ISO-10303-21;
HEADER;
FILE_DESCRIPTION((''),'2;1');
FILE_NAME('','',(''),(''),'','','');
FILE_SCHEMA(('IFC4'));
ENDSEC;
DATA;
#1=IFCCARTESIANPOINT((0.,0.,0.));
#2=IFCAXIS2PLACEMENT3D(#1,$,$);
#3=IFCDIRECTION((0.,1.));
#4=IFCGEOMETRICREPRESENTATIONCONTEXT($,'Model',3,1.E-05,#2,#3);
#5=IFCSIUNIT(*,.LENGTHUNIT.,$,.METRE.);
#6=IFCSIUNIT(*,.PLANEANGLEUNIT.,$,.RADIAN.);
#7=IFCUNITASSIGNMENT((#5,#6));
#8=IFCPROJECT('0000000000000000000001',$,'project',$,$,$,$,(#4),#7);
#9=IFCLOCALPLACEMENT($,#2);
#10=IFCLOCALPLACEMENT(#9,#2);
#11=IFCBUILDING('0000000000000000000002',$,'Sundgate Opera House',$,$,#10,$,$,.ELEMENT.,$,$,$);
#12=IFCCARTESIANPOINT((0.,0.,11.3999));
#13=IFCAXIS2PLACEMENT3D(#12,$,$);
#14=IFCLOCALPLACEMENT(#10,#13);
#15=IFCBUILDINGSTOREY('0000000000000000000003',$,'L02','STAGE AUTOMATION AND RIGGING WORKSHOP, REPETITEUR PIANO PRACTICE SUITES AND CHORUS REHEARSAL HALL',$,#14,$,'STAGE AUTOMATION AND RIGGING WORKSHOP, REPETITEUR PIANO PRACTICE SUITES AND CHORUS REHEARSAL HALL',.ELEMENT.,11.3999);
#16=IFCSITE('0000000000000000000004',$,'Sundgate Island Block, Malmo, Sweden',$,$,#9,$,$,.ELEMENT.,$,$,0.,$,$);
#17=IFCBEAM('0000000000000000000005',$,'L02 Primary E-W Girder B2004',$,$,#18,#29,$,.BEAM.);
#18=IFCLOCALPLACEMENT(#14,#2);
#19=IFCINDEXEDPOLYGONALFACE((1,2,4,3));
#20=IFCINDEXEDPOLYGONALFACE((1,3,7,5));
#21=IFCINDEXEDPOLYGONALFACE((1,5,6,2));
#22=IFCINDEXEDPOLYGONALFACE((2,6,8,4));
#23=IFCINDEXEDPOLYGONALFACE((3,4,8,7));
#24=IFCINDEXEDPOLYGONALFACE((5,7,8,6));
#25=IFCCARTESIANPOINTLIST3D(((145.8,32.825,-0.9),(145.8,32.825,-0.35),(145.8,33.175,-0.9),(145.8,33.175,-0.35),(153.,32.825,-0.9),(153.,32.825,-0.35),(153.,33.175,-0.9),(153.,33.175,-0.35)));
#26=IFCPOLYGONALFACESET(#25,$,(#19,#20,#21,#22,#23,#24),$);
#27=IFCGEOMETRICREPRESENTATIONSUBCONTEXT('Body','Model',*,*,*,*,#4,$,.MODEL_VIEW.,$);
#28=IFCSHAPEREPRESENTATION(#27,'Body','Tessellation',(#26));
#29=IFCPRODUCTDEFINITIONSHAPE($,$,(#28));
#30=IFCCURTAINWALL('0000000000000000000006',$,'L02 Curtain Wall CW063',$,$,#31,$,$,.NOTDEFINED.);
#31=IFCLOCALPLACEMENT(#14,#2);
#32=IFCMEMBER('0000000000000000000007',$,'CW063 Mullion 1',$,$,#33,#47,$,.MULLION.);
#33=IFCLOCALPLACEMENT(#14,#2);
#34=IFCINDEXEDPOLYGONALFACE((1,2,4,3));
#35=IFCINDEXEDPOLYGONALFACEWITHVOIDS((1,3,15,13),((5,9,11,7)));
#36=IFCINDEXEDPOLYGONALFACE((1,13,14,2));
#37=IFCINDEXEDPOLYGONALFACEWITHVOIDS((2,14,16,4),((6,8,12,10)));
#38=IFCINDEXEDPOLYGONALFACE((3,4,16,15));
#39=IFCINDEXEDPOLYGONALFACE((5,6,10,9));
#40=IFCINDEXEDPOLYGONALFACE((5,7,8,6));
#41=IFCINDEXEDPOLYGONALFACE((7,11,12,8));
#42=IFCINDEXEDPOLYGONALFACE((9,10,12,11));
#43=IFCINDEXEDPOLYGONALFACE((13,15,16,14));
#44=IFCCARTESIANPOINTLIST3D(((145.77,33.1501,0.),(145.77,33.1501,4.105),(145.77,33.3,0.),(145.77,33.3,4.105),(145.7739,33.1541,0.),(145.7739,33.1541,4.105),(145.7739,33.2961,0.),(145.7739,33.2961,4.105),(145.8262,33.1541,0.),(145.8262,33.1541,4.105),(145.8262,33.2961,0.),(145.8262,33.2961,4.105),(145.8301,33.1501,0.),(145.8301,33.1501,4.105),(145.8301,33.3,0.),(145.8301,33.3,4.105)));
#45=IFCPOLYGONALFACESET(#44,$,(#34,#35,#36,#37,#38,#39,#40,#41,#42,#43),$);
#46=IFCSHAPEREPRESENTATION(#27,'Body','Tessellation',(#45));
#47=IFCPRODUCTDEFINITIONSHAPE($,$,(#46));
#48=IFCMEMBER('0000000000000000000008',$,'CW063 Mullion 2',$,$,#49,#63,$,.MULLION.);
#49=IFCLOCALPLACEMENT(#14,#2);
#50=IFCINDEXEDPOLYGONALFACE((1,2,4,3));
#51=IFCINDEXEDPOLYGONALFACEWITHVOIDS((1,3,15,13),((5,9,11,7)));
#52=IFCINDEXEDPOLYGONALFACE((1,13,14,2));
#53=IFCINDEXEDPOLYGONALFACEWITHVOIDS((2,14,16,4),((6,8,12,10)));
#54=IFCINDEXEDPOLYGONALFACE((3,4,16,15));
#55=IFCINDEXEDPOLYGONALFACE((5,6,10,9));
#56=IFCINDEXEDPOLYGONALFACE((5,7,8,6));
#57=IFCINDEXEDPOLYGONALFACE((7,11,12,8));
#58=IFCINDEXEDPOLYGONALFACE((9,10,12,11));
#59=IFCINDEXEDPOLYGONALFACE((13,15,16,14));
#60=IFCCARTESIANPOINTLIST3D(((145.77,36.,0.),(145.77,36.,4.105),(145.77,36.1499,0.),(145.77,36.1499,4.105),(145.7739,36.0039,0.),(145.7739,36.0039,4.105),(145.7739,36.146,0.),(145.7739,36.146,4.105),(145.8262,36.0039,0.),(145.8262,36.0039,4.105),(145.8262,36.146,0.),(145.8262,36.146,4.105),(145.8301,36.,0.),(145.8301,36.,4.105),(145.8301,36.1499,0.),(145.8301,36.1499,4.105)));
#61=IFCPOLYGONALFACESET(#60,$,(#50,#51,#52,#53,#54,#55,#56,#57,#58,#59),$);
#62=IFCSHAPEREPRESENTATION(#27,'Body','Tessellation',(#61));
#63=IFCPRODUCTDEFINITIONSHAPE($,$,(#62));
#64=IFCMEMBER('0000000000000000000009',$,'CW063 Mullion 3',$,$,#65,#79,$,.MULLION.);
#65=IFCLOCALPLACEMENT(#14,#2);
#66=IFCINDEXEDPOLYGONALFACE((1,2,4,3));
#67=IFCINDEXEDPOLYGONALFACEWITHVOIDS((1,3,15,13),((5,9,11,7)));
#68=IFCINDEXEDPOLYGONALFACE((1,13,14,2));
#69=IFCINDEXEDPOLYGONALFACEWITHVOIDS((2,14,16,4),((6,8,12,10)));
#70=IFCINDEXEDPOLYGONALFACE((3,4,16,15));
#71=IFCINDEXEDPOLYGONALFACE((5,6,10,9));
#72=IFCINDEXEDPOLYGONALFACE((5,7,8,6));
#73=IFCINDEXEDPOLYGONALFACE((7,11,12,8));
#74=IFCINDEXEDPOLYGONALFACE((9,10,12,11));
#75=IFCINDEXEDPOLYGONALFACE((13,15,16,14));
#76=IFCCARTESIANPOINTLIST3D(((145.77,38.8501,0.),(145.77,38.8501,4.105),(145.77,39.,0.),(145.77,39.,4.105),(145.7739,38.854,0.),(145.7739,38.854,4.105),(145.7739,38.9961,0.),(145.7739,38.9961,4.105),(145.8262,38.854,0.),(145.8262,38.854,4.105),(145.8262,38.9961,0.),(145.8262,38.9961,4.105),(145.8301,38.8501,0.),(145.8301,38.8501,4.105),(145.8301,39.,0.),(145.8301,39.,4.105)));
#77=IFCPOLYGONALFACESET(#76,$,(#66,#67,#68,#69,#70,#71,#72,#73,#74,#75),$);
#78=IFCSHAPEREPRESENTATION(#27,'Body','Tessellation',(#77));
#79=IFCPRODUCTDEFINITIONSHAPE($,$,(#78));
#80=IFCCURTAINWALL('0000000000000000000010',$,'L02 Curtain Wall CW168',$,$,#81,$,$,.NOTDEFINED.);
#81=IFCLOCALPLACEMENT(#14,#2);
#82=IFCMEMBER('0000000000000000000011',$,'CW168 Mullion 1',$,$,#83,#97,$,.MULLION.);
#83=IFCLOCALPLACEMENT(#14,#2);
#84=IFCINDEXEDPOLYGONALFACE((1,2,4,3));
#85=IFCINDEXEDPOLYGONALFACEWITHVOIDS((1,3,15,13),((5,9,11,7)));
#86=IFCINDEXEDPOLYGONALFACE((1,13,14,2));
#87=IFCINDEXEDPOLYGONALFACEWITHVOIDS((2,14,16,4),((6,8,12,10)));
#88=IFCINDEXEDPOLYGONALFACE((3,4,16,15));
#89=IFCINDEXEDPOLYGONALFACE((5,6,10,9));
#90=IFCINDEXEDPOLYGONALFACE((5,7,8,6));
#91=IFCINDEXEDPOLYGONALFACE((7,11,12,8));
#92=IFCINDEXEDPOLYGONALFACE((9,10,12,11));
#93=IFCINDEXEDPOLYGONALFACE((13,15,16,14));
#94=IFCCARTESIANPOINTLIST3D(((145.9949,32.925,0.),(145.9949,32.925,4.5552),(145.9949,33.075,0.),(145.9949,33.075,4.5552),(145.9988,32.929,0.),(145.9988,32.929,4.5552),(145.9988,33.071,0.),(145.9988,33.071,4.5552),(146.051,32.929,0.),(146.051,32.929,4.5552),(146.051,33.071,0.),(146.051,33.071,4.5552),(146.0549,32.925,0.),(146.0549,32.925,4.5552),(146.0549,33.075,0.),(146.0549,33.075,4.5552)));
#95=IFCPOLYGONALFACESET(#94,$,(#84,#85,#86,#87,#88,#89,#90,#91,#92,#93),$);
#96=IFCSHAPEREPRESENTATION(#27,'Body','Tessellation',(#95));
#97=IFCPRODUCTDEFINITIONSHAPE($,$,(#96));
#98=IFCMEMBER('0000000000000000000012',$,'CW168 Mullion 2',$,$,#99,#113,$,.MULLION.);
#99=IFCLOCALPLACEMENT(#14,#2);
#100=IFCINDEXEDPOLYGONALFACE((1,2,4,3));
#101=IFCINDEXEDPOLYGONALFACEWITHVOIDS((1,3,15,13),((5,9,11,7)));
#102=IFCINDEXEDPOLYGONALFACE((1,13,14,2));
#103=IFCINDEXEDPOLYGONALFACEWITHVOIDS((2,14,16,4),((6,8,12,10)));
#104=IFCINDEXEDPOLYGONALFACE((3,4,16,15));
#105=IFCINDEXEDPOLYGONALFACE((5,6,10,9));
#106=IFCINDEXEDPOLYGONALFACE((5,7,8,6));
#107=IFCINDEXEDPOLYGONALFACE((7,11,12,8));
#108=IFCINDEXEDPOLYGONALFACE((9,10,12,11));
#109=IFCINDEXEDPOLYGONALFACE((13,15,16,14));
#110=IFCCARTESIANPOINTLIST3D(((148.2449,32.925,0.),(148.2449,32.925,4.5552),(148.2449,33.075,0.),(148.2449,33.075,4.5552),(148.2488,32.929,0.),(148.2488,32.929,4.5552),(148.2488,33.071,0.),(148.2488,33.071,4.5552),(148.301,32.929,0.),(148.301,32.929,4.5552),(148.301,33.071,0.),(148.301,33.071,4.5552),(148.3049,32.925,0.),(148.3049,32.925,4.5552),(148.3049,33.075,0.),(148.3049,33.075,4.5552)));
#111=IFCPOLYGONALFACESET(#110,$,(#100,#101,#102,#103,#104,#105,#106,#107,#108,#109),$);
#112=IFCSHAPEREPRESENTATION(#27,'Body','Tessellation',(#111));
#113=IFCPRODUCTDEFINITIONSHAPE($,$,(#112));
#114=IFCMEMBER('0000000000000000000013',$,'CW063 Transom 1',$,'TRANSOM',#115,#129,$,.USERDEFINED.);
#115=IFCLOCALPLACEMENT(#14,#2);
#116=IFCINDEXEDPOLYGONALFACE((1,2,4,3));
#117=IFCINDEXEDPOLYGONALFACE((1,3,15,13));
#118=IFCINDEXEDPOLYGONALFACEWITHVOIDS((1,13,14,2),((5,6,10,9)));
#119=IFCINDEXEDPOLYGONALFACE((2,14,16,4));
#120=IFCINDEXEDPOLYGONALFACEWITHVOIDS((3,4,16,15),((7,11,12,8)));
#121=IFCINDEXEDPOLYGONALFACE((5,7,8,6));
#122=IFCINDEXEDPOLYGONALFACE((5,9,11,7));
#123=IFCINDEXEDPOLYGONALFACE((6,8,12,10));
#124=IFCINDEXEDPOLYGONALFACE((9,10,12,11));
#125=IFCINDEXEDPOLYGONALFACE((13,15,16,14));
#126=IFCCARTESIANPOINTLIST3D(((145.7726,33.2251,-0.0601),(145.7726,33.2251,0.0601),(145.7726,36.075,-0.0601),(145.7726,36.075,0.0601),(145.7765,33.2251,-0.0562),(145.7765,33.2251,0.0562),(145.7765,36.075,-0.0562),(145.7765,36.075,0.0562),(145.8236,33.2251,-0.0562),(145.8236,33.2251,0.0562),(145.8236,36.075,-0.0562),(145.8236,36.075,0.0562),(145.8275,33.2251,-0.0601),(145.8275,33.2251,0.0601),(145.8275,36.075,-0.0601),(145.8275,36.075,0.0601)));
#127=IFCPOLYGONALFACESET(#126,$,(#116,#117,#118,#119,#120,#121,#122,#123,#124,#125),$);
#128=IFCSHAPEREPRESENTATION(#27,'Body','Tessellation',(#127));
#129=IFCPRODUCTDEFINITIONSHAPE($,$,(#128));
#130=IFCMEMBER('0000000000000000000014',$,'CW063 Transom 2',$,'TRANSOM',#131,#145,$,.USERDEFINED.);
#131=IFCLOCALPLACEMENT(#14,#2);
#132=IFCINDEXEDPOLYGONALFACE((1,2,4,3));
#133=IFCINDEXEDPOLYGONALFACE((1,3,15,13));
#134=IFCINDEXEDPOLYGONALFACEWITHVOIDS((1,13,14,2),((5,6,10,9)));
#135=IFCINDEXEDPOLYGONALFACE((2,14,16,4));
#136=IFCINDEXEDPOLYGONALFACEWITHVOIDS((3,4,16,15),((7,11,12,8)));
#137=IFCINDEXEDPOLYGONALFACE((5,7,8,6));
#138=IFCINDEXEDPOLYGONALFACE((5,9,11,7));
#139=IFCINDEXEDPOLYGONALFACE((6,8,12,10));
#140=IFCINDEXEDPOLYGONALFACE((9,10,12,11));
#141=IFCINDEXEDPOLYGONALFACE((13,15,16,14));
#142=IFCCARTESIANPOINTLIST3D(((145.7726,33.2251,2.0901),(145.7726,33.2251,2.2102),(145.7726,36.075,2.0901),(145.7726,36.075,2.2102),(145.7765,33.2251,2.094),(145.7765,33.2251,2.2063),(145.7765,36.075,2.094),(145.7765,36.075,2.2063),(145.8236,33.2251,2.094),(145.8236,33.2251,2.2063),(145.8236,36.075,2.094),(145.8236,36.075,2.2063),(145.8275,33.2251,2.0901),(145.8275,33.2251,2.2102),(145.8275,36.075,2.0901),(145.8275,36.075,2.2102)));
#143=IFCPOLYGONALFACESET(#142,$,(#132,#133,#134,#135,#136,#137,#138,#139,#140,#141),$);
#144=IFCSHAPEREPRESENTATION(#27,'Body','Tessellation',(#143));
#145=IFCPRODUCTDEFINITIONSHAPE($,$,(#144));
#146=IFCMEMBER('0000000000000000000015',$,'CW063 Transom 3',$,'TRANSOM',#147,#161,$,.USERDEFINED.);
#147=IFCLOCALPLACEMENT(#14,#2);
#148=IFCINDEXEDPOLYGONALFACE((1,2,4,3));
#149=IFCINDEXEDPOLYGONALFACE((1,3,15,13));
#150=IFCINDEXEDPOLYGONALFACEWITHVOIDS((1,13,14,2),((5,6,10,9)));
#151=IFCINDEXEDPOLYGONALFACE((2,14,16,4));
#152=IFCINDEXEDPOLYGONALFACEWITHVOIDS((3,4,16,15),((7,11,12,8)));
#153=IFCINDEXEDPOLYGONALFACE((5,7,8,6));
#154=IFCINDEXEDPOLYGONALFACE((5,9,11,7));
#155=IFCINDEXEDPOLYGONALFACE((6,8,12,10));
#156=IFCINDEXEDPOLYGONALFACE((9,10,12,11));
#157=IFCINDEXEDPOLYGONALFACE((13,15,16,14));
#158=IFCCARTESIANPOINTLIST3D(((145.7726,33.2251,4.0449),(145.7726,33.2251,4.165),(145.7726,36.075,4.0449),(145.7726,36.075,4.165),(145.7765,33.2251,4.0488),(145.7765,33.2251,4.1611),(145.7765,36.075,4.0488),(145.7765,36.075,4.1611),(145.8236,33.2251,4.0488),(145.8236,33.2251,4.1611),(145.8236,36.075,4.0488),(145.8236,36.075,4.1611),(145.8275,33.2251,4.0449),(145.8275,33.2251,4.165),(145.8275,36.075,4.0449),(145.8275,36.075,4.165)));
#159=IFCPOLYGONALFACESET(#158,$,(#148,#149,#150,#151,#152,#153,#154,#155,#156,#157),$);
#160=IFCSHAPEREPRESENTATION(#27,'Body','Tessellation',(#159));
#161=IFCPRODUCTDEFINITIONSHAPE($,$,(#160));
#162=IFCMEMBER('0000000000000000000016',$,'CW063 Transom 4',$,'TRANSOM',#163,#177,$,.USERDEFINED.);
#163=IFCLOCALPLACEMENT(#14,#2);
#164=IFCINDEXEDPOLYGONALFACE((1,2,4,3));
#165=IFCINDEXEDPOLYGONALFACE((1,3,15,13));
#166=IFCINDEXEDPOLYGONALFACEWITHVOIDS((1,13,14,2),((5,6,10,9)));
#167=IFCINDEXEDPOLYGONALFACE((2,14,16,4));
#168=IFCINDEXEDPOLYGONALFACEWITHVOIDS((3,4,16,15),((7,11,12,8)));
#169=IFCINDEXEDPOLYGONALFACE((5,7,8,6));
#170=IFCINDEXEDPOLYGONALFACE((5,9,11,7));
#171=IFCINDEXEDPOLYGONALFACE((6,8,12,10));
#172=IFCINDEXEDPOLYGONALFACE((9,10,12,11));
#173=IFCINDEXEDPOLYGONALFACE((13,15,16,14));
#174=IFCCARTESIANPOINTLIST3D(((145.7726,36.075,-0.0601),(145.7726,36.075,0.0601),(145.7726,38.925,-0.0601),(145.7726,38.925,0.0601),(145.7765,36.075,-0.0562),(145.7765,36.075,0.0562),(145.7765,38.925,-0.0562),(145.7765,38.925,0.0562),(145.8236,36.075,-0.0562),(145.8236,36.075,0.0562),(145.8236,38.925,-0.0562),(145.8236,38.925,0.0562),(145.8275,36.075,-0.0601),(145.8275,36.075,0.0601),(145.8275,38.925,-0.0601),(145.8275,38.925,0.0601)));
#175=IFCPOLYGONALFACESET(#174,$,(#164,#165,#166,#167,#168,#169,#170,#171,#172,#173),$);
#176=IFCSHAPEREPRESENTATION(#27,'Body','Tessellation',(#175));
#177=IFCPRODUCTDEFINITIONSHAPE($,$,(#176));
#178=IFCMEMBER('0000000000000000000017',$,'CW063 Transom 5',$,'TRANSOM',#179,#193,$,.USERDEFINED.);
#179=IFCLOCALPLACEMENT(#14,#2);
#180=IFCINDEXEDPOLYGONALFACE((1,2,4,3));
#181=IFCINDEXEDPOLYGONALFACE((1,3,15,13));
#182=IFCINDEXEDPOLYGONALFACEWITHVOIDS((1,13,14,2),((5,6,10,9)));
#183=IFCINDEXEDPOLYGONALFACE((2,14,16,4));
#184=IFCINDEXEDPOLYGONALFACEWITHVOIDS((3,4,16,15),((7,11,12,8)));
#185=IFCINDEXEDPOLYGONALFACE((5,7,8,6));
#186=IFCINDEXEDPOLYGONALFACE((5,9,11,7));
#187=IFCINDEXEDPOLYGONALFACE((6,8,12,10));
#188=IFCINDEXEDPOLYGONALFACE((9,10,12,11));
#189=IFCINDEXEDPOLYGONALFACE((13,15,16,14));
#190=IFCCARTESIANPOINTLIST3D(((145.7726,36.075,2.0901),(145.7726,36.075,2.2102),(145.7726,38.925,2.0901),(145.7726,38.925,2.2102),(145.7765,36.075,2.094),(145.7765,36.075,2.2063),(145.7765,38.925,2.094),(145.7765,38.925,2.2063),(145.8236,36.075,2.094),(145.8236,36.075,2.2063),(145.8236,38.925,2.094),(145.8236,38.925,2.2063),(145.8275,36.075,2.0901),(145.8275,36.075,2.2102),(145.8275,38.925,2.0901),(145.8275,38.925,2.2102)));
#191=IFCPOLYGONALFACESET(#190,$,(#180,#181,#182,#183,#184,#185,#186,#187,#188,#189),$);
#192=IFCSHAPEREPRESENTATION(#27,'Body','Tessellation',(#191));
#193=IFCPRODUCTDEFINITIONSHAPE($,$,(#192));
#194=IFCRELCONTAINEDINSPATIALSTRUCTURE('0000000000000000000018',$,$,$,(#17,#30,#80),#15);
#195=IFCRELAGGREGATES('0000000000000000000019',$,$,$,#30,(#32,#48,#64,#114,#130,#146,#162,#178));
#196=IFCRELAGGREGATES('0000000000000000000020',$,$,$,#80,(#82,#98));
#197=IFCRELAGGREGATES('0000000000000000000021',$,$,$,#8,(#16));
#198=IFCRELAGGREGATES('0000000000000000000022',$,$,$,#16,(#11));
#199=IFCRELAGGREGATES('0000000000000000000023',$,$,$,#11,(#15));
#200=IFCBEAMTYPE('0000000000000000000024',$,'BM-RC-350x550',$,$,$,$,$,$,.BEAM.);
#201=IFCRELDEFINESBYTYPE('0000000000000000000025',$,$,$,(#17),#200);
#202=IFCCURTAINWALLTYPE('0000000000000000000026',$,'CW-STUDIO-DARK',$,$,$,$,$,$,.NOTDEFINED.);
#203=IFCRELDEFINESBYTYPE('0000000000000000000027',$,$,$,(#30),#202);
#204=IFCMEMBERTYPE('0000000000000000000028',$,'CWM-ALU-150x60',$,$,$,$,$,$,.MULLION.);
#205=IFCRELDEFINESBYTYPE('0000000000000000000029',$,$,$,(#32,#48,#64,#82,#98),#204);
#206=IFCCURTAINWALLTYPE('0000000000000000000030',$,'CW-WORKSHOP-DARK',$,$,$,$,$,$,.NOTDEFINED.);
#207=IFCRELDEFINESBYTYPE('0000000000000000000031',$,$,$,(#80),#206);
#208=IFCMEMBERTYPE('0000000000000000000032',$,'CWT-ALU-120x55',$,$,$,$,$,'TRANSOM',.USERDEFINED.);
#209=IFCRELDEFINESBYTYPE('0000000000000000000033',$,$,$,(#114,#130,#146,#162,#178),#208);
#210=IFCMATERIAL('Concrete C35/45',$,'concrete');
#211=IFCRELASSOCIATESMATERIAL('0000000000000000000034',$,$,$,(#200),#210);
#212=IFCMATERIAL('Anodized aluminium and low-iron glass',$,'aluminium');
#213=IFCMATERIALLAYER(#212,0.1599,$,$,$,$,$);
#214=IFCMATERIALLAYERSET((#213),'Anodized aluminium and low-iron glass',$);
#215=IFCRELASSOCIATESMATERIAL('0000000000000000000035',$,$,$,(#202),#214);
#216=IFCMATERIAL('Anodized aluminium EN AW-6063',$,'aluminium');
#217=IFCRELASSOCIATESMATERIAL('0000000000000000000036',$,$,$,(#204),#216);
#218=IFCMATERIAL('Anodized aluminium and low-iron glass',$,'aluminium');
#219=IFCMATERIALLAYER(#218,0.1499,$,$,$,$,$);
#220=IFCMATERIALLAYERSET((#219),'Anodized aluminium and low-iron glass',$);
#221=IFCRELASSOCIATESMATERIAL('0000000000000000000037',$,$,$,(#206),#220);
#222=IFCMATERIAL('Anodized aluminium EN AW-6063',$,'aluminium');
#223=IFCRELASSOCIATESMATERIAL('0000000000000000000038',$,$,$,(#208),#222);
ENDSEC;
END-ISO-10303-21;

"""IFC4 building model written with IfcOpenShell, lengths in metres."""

from ifc_helpers import new_model, si_unit, direction, frame, origin, origin_2d, place, context, subcontext, project, spatial, rectangle, hollow_rectangle, extrude, material, layer, layer_set, material_profile, profile_set, type_object, element, aggregate, save


model = new_model("IFC4")

# Units and contexts
model_context = context("Model", 3, precision=1e-05, world=origin(), true_north=direction((0.0, 1.0)))
body_context = subcontext(model_context, "Body", "Model", "MODEL_VIEW")
ifc_project = project(units=[si_unit("LENGTHUNIT", "METRE"), si_unit("PLANEANGLEUNIT", "RADIAN")], contexts=[model_context])

# Site, building, storey
site_placement = place(None, origin())
site = spatial("IfcSite", under=ifc_project, at=site_placement, Name="Sundgate Island Block, Malmo, Sweden", CompositionType="ELEMENT", RefElevation=0.0)
building_placement = place(site_placement, origin())
building = spatial("IfcBuilding", under=site, at=building_placement, Name="Sundgate Opera House", CompositionType="ELEMENT")
storey_placement = place(building_placement, frame((0.0, 0.0, 11.3999)))
storey = spatial("IfcBuildingStorey", under=building, at=storey_placement, Name="L02", Description="STAGE AUTOMATION AND RIGGING WORKSHOP, REPETITEUR PIANO PRACTICE SUITES AND CHORUS REHEARSAL HALL", LongName="STAGE AUTOMATION AND RIGGING WORKSHOP, REPETITEUR PIANO PRACTICE SUITES AND CHORUS REHEARSAL HALL", CompositionType="ELEMENT", Elevation=11.3999)

# Beam
ifc_material_1 = material(Name="Concrete C35/45", Category="concrete")
ifc_material_profile_1 = material_profile(ifc_material_1, rectangle(XDim=0.3501, YDim=0.55, at=origin_2d()), Name="RC 350x550")
ifc_profile_set_1 = profile_set([ifc_material_profile_1], Name="Concrete C35/45")
beam_type_1 = type_object("IfcBeamType", Name="BM-RC-350x550", PredefinedType="BEAM", material=ifc_profile_set_1)
beam_1_placement = place(storey_placement, frame((145.8, 33.0, -0.625), z_axis=(1.0, 0.0, 0.0), x_axis=(0.0, 1.0, 0.0)))
element("IfcBeam", 1, at=beam_1_placement, inside=storey, type_object=beam_type_1, Name="L02 Primary E-W Girder B2004", PredefinedType="BEAM", context=body_context, shape_type="SweptSolid", body=[
    extrude(rectangle(XDim=0.3501, YDim=0.55, at=origin_2d()), origin(), (0.0, 0.0, 1.0), 7.2),
])

# Curtain walls, members
ifc_material_2 = material(Name="Anodized aluminium and low-iron glass", Category="aluminium")
ifc_layer_1 = layer(ifc_material_2, 0.1599)
ifc_layer_set_1 = layer_set([ifc_layer_1], Name="Anodized aluminium and low-iron glass")
curtain_wall_type_1 = type_object("IfcCurtainWallType", Name="CW-STUDIO-DARK", PredefinedType="NOTDEFINED", material=ifc_layer_set_1)
curtain_wall_1_placement = place(storey_placement, origin())
curtain_wall_1 = element("IfcCurtainWall", 2, at=curtain_wall_1_placement, inside=storey, type_object=curtain_wall_type_1, Name="L02 Curtain Wall CW063", PredefinedType="NOTDEFINED")
ifc_material_3 = material(Name="Anodized aluminium EN AW-6063", Category="aluminium")
ifc_material_profile_2 = material_profile(ifc_material_3, hollow_rectangle(XDim=0.0601, YDim=0.1499, WallThickness=0.0039, at=origin_2d()), Name="CWM 150x60x4")
ifc_profile_set_2 = profile_set([ifc_material_profile_2], Name="Anodized aluminium EN AW-6063")
member_type_1 = type_object("IfcMemberType", Name="CWM-ALU-150x60", PredefinedType="MULLION", material=ifc_profile_set_2)
member_1_placement = place(storey_placement, frame((145.8, 33.2251, 0.0), z_axis=(0.0, 0.0, 1.0), x_axis=(1.0, 0.0, 0.0)))
member_1 = element("IfcMember", 3, at=member_1_placement, type_object=member_type_1, Name="CW063 Mullion 1", PredefinedType="MULLION", context=body_context, shape_type="SweptSolid", body=[
    extrude(hollow_rectangle(XDim=0.0601, YDim=0.1499, WallThickness=0.0039, at=origin_2d()), origin(), (0.0, 0.0, 1.0), 4.105),
])
member_2_placement = place(storey_placement, frame((145.8, 36.075, 0.0), z_axis=(0.0, 0.0, 1.0), x_axis=(1.0, 0.0, 0.0)))
member_2 = element("IfcMember", 4, at=member_2_placement, type_object=member_type_1, Name="CW063 Mullion 2", PredefinedType="MULLION", context=body_context, shape_type="SweptSolid", body=[
    extrude(hollow_rectangle(XDim=0.0601, YDim=0.1499, WallThickness=0.0039, at=origin_2d()), origin(), (0.0, 0.0, 1.0), 4.105),
])
member_3_placement = place(storey_placement, frame((145.8, 38.925, 0.0), z_axis=(0.0, 0.0, 1.0), x_axis=(1.0, 0.0, 0.0)))
member_3 = element("IfcMember", 5, at=member_3_placement, type_object=member_type_1, Name="CW063 Mullion 3", PredefinedType="MULLION", context=body_context, shape_type="SweptSolid", body=[
    extrude(hollow_rectangle(XDim=0.0601, YDim=0.1499, WallThickness=0.0039, at=origin_2d()), origin(), (0.0, 0.0, 1.0), 4.105),
])
ifc_material_4 = material(Name="Anodized aluminium and low-iron glass", Category="aluminium")
ifc_layer_2 = layer(ifc_material_4, 0.1499)
ifc_layer_set_2 = layer_set([ifc_layer_2], Name="Anodized aluminium and low-iron glass")
curtain_wall_type_2 = type_object("IfcCurtainWallType", Name="CW-WORKSHOP-DARK", PredefinedType="NOTDEFINED", material=ifc_layer_set_2)
curtain_wall_2_placement = place(storey_placement, origin())
curtain_wall_2 = element("IfcCurtainWall", 6, at=curtain_wall_2_placement, inside=storey, type_object=curtain_wall_type_2, Name="L02 Curtain Wall CW168", PredefinedType="NOTDEFINED")
member_4_placement = place(storey_placement, frame((146.0249, 33.0, 0.0), z_axis=(0.0, 0.0, 1.0), x_axis=(1.0, 0.0, 0.0)))
member_4 = element("IfcMember", 7, at=member_4_placement, type_object=member_type_1, Name="CW168 Mullion 1", PredefinedType="MULLION", context=body_context, shape_type="SweptSolid", body=[
    extrude(hollow_rectangle(XDim=0.0601, YDim=0.1499, WallThickness=0.0039, at=origin_2d()), origin(), (0.0, 0.0, 1.0), 4.5552),
])
member_5_placement = place(storey_placement, frame((148.2749, 33.0, 0.0), z_axis=(0.0, 0.0, 1.0), x_axis=(1.0, 0.0, 0.0)))
member_5 = element("IfcMember", 8, at=member_5_placement, type_object=member_type_1, Name="CW168 Mullion 2", PredefinedType="MULLION", context=body_context, shape_type="SweptSolid", body=[
    extrude(hollow_rectangle(XDim=0.0601, YDim=0.1499, WallThickness=0.0039, at=origin_2d()), origin(), (0.0, 0.0, 1.0), 4.5552),
])

# Members
ifc_material_5 = material(Name="Anodized aluminium EN AW-6063", Category="aluminium")
ifc_material_profile_3 = material_profile(ifc_material_5, hollow_rectangle(XDim=0.0549, YDim=0.1201, WallThickness=0.0039, at=origin_2d()), Name="CWT 120x55x4")
ifc_profile_set_3 = profile_set([ifc_material_profile_3], Name="Anodized aluminium EN AW-6063")
member_type_2 = type_object("IfcMemberType", Name="CWT-ALU-120x55", ElementType="TRANSOM", PredefinedType="USERDEFINED", material=ifc_profile_set_3)
member_6_placement = place(storey_placement, frame((145.8, 33.2251, 0.0), z_axis=(0.0, 1.0, 0.0), x_axis=(-1.0, 0.0, 0.0)))
member_6 = element("IfcMember", 9, at=member_6_placement, type_object=member_type_2, Name="CW063 Transom 1", ObjectType="TRANSOM", PredefinedType="USERDEFINED", context=body_context, shape_type="SweptSolid", body=[
    extrude(hollow_rectangle(XDim=0.0549, YDim=0.1201, WallThickness=0.0039, at=origin_2d()), origin(), (0.0, 0.0, 1.0), 2.8499),
])
member_7_placement = place(storey_placement, frame((145.8, 33.2251, 2.1501), z_axis=(0.0, 1.0, 0.0), x_axis=(-1.0, 0.0, 0.0)))
member_7 = element("IfcMember", 10, at=member_7_placement, type_object=member_type_2, Name="CW063 Transom 2", ObjectType="TRANSOM", PredefinedType="USERDEFINED", context=body_context, shape_type="SweptSolid", body=[
    extrude(hollow_rectangle(XDim=0.0549, YDim=0.1201, WallThickness=0.0039, at=origin_2d()), origin(), (0.0, 0.0, 1.0), 2.8499),
])
member_8_placement = place(storey_placement, frame((145.8, 33.2251, 4.105), z_axis=(0.0, 1.0, 0.0), x_axis=(-1.0, 0.0, 0.0)))
member_8 = element("IfcMember", 11, at=member_8_placement, type_object=member_type_2, Name="CW063 Transom 3", ObjectType="TRANSOM", PredefinedType="USERDEFINED", context=body_context, shape_type="SweptSolid", body=[
    extrude(hollow_rectangle(XDim=0.0549, YDim=0.1201, WallThickness=0.0039, at=origin_2d()), origin(), (0.0, 0.0, 1.0), 2.8499),
])
member_9_placement = place(storey_placement, frame((145.8, 36.075, 0.0), z_axis=(0.0, 1.0, 0.0), x_axis=(-1.0, 0.0, 0.0)))
member_9 = element("IfcMember", 12, at=member_9_placement, type_object=member_type_2, Name="CW063 Transom 4", ObjectType="TRANSOM", PredefinedType="USERDEFINED", context=body_context, shape_type="SweptSolid", body=[
    extrude(hollow_rectangle(XDim=0.0549, YDim=0.1201, WallThickness=0.0039, at=origin_2d()), origin(), (0.0, 0.0, 1.0), 2.8501),
])
member_10_placement = place(storey_placement, frame((145.8, 36.075, 2.1501), z_axis=(0.0, 1.0, 0.0), x_axis=(-1.0, 0.0, 0.0)))
member_10 = element("IfcMember", 13, at=member_10_placement, type_object=member_type_2, Name="CW063 Transom 5", ObjectType="TRANSOM", PredefinedType="USERDEFINED", context=body_context, shape_type="SweptSolid", body=[
    extrude(hollow_rectangle(XDim=0.0549, YDim=0.1201, WallThickness=0.0039, at=origin_2d()), origin(), (0.0, 0.0, 1.0), 2.8501),
])

aggregate(curtain_wall_1, [member_1, member_2, member_3, member_6, member_7, member_8, member_9, member_10])
aggregate(curtain_wall_2, [member_4, member_5])

save(model, "model.ifc")
